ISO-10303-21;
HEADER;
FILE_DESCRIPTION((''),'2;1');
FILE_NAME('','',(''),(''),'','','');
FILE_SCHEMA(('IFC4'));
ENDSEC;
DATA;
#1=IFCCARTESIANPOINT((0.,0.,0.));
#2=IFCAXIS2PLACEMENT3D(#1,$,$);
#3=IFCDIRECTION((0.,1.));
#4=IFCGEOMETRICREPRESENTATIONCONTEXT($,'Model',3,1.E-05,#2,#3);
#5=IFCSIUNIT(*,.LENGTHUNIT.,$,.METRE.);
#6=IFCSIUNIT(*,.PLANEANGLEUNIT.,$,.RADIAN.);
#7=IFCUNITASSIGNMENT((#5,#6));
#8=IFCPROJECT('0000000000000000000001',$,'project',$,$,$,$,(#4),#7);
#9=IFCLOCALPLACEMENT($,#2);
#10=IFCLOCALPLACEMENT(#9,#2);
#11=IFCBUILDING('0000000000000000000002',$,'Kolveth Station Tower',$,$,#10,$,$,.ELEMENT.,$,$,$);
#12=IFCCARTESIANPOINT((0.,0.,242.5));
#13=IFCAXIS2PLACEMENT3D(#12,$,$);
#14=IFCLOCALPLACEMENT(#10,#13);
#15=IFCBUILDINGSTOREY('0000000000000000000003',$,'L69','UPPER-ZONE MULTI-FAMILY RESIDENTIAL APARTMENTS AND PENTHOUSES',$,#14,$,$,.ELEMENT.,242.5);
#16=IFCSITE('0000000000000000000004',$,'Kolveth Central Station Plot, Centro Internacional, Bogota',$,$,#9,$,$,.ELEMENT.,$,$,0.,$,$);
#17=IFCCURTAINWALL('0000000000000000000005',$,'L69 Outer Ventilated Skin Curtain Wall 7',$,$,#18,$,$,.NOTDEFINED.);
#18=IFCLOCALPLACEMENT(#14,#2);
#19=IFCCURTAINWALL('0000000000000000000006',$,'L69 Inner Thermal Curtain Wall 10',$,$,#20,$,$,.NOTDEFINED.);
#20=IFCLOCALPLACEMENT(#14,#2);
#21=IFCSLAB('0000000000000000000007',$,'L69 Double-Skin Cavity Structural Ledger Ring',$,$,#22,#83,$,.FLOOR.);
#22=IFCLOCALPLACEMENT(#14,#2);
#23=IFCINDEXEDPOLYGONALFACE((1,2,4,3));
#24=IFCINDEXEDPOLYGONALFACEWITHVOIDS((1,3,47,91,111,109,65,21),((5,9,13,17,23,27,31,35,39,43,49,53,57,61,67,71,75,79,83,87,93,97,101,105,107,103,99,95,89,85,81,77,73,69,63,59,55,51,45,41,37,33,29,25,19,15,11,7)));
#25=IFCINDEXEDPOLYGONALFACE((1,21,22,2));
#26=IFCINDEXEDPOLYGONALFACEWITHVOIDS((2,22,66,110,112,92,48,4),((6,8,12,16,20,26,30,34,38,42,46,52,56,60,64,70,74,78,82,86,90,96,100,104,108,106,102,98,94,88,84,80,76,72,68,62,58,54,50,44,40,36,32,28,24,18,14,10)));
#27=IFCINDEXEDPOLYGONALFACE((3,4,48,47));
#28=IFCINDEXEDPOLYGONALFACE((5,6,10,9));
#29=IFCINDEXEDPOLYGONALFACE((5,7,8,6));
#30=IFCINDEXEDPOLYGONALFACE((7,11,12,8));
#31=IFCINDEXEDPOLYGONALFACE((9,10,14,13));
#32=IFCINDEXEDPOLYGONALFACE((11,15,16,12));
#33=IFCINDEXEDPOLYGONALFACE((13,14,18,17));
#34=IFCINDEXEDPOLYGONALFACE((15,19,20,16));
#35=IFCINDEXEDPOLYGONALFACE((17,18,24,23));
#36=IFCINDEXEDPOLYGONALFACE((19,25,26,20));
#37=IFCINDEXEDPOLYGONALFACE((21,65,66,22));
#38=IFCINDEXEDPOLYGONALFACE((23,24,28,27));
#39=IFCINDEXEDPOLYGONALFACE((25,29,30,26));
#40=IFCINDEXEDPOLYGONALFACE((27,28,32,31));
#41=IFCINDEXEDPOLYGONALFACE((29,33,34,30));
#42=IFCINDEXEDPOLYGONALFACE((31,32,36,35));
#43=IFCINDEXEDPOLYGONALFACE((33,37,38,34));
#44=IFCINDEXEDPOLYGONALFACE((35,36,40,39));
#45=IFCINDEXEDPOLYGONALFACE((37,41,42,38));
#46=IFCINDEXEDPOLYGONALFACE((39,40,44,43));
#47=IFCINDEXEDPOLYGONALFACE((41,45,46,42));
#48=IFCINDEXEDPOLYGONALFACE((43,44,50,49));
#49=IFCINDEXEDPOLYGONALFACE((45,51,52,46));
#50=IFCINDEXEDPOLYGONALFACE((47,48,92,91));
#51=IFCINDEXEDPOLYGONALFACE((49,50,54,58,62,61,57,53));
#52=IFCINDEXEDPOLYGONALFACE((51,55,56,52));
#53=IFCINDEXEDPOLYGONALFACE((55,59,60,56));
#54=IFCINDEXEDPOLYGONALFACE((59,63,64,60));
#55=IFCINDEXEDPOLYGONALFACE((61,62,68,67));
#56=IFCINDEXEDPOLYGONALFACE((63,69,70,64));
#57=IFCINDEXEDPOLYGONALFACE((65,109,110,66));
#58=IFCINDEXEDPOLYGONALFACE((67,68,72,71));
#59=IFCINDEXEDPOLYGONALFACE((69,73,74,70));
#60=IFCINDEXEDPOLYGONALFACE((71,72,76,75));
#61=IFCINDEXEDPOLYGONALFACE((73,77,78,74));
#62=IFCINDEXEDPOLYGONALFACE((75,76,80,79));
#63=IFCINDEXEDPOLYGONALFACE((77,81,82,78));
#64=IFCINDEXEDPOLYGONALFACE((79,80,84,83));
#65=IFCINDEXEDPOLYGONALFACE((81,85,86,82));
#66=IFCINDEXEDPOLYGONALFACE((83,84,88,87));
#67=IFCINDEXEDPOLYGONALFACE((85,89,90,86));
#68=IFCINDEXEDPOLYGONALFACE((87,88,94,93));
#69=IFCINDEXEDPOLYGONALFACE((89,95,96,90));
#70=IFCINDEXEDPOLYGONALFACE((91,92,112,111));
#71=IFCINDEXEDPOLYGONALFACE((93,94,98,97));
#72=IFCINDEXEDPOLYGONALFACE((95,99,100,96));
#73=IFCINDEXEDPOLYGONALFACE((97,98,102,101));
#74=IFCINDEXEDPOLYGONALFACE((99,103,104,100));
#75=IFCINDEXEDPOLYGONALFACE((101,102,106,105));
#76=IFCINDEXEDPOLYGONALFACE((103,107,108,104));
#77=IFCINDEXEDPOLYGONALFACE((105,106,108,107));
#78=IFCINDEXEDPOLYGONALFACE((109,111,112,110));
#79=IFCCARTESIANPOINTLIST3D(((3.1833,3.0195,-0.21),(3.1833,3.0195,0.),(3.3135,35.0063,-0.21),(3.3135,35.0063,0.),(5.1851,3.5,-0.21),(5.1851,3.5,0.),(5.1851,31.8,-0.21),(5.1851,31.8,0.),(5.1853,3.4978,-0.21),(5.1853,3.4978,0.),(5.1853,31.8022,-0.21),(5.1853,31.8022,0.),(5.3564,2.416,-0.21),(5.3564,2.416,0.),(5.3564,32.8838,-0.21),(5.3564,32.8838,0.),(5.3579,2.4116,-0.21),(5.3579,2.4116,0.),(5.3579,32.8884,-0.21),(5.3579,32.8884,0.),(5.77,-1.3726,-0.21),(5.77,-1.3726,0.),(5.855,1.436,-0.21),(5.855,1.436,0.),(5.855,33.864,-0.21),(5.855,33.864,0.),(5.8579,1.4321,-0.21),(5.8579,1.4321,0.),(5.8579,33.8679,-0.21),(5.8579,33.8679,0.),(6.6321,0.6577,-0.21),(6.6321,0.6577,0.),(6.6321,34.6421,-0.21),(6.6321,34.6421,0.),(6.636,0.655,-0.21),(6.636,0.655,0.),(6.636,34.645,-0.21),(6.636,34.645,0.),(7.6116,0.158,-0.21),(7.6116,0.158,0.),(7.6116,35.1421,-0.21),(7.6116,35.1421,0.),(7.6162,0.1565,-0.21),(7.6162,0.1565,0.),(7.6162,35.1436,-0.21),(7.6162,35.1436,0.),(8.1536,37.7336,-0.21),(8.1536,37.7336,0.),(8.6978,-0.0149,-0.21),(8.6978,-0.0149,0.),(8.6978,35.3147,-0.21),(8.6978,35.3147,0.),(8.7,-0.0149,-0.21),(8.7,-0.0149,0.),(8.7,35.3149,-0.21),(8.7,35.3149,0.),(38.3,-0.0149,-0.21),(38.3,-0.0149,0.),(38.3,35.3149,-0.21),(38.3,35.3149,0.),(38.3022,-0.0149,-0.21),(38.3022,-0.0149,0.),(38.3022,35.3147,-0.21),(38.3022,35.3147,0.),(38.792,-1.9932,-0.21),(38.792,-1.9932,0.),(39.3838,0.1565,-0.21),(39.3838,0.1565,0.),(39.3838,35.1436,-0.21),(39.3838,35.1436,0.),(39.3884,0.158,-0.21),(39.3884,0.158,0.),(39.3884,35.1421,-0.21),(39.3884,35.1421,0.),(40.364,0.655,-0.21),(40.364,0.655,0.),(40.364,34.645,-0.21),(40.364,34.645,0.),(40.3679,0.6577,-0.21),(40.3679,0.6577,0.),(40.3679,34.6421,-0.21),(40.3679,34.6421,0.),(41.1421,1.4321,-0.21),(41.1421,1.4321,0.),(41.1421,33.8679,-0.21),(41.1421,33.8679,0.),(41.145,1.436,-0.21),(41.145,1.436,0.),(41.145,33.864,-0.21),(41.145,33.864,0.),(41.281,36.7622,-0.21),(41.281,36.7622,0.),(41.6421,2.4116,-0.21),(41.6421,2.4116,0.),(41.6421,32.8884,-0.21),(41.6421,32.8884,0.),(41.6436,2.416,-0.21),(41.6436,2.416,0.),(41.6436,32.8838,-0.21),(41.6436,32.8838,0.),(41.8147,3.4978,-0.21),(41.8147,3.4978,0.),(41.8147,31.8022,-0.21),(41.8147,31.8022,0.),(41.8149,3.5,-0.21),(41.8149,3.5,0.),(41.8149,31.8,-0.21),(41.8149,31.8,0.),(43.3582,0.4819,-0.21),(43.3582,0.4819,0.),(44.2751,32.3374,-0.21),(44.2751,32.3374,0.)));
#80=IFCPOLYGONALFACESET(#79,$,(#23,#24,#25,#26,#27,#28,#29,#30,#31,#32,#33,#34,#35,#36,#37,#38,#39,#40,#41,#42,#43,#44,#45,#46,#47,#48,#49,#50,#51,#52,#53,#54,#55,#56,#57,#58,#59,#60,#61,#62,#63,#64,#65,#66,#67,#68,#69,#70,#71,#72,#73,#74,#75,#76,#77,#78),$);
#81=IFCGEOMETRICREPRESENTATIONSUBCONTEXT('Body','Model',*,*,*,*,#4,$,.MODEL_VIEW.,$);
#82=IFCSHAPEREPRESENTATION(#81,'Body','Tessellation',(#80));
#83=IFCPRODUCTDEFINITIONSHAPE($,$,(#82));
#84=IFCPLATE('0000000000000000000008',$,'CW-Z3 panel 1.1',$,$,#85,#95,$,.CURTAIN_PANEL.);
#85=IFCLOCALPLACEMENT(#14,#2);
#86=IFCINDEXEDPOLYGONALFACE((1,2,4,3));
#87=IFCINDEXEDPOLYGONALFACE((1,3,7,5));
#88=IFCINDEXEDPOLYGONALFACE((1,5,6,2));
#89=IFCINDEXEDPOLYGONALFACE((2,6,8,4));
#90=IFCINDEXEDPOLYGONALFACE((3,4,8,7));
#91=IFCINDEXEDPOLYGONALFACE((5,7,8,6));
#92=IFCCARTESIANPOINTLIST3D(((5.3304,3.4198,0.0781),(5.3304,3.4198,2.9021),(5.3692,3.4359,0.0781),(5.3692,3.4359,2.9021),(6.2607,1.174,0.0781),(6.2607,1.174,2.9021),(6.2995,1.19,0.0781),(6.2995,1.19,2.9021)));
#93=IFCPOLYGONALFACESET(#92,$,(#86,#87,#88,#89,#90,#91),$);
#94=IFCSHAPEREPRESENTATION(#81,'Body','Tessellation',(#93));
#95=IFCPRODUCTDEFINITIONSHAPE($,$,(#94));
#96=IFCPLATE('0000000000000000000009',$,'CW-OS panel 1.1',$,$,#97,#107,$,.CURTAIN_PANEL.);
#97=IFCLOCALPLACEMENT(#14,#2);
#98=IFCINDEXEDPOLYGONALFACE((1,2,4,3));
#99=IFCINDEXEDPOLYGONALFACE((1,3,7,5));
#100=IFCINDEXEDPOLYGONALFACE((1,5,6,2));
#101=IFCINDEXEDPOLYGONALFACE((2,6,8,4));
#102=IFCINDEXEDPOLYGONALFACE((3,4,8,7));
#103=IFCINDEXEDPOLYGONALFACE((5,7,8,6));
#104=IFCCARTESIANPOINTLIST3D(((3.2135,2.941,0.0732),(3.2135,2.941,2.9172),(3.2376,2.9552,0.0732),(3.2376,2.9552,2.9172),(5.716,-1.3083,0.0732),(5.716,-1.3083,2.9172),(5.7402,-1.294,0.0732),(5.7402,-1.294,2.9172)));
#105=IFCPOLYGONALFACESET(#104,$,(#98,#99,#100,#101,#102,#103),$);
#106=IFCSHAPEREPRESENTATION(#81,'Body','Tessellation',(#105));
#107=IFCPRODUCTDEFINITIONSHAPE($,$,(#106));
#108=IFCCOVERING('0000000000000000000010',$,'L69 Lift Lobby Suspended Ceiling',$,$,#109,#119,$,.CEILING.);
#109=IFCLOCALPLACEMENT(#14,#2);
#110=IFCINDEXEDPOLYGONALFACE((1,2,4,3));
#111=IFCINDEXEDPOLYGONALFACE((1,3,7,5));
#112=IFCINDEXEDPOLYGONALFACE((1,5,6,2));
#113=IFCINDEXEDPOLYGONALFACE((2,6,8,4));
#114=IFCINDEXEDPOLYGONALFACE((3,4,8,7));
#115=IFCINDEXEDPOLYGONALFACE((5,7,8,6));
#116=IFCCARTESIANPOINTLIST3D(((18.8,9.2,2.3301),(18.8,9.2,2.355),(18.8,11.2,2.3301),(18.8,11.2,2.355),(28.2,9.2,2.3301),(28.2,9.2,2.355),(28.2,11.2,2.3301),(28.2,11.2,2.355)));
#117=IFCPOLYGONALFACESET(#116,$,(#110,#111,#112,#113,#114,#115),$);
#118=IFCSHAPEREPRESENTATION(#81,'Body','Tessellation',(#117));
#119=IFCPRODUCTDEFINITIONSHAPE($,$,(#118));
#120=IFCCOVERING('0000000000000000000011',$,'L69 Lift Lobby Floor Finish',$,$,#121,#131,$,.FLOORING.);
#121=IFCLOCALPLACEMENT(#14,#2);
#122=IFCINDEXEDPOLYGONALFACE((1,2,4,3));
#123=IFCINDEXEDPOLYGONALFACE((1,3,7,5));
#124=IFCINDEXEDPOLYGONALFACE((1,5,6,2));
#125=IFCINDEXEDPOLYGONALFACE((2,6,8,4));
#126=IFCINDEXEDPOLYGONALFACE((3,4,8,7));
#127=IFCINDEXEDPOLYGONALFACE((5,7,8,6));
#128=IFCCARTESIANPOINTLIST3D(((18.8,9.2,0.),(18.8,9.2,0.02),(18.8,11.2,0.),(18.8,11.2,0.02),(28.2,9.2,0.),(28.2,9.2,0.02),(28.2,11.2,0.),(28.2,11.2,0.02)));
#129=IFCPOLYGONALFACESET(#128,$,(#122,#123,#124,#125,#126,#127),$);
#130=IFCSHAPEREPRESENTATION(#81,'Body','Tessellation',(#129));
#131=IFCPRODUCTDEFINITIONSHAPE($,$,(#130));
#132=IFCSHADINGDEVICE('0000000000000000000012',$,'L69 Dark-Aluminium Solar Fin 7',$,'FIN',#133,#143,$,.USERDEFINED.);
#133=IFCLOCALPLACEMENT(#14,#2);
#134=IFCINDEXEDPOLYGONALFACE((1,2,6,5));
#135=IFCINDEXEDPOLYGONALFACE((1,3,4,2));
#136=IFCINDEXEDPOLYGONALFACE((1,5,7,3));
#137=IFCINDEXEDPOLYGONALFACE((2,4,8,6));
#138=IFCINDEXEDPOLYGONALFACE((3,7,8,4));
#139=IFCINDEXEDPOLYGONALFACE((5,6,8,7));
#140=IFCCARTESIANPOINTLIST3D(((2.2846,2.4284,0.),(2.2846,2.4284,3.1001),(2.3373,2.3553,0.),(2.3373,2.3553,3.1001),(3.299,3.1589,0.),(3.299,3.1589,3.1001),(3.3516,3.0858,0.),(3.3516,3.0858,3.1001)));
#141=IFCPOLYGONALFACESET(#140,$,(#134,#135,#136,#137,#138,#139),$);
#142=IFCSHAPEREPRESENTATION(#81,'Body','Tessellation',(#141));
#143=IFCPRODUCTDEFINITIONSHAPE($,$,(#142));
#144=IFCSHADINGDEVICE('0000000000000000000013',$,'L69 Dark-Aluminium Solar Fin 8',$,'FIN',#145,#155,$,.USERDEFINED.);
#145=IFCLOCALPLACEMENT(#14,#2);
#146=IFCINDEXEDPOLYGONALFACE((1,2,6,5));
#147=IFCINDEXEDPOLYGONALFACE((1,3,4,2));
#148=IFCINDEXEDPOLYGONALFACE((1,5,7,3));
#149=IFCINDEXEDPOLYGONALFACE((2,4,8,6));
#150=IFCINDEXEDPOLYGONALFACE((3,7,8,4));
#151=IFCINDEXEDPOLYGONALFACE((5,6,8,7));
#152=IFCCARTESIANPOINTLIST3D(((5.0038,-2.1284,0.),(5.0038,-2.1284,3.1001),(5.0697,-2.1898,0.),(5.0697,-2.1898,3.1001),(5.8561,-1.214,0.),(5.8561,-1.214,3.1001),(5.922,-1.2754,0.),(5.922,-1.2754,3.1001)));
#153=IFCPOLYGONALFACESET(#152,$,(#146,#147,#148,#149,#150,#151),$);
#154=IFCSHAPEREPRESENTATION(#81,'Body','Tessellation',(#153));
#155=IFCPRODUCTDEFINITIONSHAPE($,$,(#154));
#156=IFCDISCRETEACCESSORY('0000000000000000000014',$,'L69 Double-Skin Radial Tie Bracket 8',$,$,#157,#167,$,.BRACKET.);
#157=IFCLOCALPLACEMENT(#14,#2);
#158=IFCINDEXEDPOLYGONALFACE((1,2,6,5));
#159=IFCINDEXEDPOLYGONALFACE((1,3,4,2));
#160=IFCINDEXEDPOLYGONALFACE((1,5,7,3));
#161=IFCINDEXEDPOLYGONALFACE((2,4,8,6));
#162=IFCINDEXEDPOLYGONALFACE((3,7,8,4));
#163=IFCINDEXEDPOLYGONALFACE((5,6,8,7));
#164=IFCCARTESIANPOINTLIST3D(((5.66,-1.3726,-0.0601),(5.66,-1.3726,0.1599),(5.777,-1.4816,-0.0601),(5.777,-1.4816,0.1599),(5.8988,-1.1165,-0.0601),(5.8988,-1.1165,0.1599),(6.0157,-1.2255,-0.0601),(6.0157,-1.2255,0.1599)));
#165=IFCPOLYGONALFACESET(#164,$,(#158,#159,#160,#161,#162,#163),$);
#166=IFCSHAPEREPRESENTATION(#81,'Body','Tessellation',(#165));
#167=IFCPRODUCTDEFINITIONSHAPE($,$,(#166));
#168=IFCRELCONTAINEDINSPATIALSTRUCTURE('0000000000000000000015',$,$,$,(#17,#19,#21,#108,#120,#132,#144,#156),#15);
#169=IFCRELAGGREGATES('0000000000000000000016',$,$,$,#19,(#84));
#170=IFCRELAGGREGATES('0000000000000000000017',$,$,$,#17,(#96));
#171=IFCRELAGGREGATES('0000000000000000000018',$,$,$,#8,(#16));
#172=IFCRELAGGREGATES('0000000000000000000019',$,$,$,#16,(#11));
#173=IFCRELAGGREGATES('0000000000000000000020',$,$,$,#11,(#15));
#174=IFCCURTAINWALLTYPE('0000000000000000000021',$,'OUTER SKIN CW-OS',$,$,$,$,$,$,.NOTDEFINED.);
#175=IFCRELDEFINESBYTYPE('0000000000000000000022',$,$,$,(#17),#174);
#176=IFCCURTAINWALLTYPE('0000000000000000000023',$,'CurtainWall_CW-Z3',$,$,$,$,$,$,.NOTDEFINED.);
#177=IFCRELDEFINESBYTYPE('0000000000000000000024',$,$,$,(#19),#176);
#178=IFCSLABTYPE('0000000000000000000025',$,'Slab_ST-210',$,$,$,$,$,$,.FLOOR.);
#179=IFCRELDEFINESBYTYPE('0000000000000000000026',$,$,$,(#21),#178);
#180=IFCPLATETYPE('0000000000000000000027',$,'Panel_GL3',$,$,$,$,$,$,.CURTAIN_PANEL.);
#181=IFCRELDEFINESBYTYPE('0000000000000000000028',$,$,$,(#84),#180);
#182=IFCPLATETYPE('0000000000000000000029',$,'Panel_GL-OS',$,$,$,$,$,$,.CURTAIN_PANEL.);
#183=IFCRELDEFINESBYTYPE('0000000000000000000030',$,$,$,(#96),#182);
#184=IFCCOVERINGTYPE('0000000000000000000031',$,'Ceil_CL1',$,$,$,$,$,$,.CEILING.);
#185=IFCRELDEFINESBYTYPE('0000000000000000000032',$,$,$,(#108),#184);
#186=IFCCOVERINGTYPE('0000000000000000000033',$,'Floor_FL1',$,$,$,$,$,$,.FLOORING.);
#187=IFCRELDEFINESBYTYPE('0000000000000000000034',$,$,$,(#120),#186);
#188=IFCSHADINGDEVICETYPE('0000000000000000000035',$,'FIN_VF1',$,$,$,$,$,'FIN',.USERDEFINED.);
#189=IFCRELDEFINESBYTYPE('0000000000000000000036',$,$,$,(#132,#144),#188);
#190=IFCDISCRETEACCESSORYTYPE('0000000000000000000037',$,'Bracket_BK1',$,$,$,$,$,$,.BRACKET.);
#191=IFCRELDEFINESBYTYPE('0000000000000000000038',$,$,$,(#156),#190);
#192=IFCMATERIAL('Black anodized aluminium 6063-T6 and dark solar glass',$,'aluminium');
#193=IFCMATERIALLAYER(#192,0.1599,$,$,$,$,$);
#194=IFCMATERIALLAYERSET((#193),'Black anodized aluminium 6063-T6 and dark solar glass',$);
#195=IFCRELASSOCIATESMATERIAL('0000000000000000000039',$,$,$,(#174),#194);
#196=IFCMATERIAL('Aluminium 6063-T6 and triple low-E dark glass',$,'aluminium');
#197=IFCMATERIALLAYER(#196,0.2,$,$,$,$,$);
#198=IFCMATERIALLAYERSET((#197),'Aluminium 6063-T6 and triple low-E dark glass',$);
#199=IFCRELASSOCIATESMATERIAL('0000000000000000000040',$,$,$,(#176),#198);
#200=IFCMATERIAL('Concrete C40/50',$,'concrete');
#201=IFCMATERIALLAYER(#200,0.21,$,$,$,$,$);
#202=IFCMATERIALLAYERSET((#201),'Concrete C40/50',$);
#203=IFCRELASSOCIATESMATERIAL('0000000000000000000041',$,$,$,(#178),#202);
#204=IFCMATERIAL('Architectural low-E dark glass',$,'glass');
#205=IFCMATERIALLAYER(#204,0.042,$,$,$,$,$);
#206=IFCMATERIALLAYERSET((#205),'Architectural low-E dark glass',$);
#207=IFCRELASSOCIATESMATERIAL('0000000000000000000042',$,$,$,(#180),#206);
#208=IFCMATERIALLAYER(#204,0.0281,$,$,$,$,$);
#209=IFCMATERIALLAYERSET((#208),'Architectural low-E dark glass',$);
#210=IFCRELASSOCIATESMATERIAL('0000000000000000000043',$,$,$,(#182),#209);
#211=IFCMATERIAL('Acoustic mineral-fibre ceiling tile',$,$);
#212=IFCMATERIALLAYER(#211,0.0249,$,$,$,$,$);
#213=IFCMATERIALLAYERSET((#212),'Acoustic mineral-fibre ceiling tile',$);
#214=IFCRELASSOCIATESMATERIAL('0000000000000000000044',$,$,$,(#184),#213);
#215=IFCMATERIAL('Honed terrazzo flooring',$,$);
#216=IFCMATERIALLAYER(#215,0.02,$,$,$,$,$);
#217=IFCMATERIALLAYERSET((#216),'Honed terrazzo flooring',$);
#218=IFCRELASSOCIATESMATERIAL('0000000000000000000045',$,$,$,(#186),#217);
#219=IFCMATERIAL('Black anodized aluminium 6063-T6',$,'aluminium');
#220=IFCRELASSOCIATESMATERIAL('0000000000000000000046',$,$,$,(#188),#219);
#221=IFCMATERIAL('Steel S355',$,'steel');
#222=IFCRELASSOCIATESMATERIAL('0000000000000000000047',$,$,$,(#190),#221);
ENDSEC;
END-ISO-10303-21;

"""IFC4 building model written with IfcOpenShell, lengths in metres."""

from ifc_helpers import new_model, si_unit, direction, frame, origin, origin_2d, place, context, subcontext, project, spatial, polyline, rectangle, outline, extrude, source, transform, mapped, material, layer, layer_set, type_object, element, aggregate, save


model = new_model("IFC4")

# Units and contexts
model_context = context("Model", 3, precision=1e-05, world=origin(), true_north=direction((0.0, 1.0)))
body_context = subcontext(model_context, "Body", "Model", "MODEL_VIEW")
ifc_project = project(units=[si_unit("LENGTHUNIT", "METRE"), si_unit("PLANEANGLEUNIT", "RADIAN")], contexts=[model_context])

# Site, building, storey
site_placement = place(None, origin())
site = spatial("IfcSite", under=ifc_project, at=site_placement, Name="Kolveth Central Station Plot, Centro Internacional, Bogota", CompositionType="ELEMENT", RefElevation=0.0)
building_placement = place(site_placement, origin())
building = spatial("IfcBuilding", under=site, at=building_placement, Name="Kolveth Station Tower", CompositionType="ELEMENT")
storey_placement = place(building_placement, frame((0.0, 0.0, 242.5)))
storey = spatial("IfcBuildingStorey", under=building, at=storey_placement, Name="L69", Description="UPPER-ZONE MULTI-FAMILY RESIDENTIAL APARTMENTS AND PENTHOUSES", CompositionType="ELEMENT", Elevation=242.5)

# Curtain walls
ifc_material_1 = material(Name="Black anodized aluminium 6063-T6 and dark solar glass", Category="aluminium")
ifc_layer_1 = layer(ifc_material_1, 0.1599)
ifc_layer_set_1 = layer_set([ifc_layer_1], Name="Black anodized aluminium 6063-T6 and dark solar glass")
curtain_wall_type_1 = type_object("IfcCurtainWallType", Name="OUTER SKIN CW-OS", PredefinedType="NOTDEFINED", material=ifc_layer_set_1)
curtain_wall_1_placement = place(storey_placement, origin())
curtain_wall_1 = element("IfcCurtainWall", 1, at=curtain_wall_1_placement, inside=storey, type_object=curtain_wall_type_1, Name="L69 Outer Ventilated Skin Curtain Wall 7", PredefinedType="NOTDEFINED")
ifc_material_2 = material(Name="Black anodized aluminium 6063-T6", Category="aluminium")
ifc_material_3 = material(Name="Aluminium 6063-T6 and triple low-E dark glass", Category="aluminium")
ifc_layer_2 = layer(ifc_material_3, 0.2)
ifc_layer_set_2 = layer_set([ifc_layer_2], Name="Aluminium 6063-T6 and triple low-E dark glass")
curtain_wall_type_2 = type_object("IfcCurtainWallType", Name="CurtainWall_CW-Z3", PredefinedType="NOTDEFINED", material=ifc_layer_set_2)
curtain_wall_2_placement = place(storey_placement, origin())
curtain_wall_2 = element("IfcCurtainWall", 2, at=curtain_wall_2_placement, inside=storey, type_object=curtain_wall_type_2, Name="L69 Inner Thermal Curtain Wall 10", PredefinedType="NOTDEFINED")

# Shared definitions
ifc_material_4 = material(Name="Concrete C40/50", Category="concrete")

# Slab
ifc_layer_3 = layer(ifc_material_4, 0.21)
ifc_layer_set_3 = layer_set([ifc_layer_3], Name="Concrete C40/50")
slab_type_1 = type_object("IfcSlabType", Name="Slab_ST-210", PredefinedType="FLOOR", material=ifc_layer_set_3)
slab_1_placement = place(storey_placement, frame((0.0, 0.0, -0.21)))
element("IfcSlab", 3, at=slab_1_placement, inside=storey, type_object=slab_type_1, Name="L69 Double-Skin Cavity Structural Ledger Ring", PredefinedType="FLOOR", context=body_context, shape_type="SweptSolid", body=[
    extrude(outline(polyline([(5.77, -1.3726), (3.1833, 3.0195), (3.3135, 35.0063), (8.1536, 37.7336), (41.281, 36.7622), (44.2751, 32.3374), (43.3582, 0.4819), (38.792, -1.9932), (5.77, -1.3726)]), holes=[polyline([(38.3022, -0.0149), (39.3838, 0.1565), (39.3884, 0.158), (40.364, 0.655), (40.3679, 0.6577), (41.1421, 1.4321), (41.145, 1.436), (41.6421, 2.4116), (41.6436, 2.416), (41.8147, 3.4978), (41.8149, 3.5), (41.8149, 31.8), (41.8147, 31.8022), (41.6436, 32.8838), (41.6421, 32.8884), (41.145, 33.864), (41.1421, 33.8679), (40.3679, 34.6421), (40.364, 34.645), (39.3884, 35.1421), (39.3838, 35.1436), (38.3022, 35.3147), (38.3, 35.3149), (8.7, 35.3149), (8.6978, 35.3147), (7.6162, 35.1436), (7.6116, 35.1421), (6.636, 34.645), (6.6321, 34.6421), (5.8579, 33.8679), (5.855, 33.864), (5.3579, 32.8884), (5.3564, 32.8838), (5.1853, 31.8022), (5.1851, 31.8), (5.1851, 3.5), (5.1853, 3.4978), (5.3564, 2.416), (5.3579, 2.4116), (5.855, 1.436), (5.8579, 1.4321), (6.6321, 0.6577), (6.636, 0.655), (7.6116, 0.158), (7.6162, 0.1565), (8.6978, -0.0149), (8.7, -0.0149), (38.3, -0.0149), (38.3022, -0.0149)])]), origin(), (0.0, 0.0, 1.0), 0.21),
])

# Plates
ifc_material_5 = material(Name="Architectural low-E dark glass", Category="glass")
ifc_layer_4 = layer(ifc_material_5, 0.042)
ifc_layer_set_4 = layer_set([ifc_layer_4], Name="Architectural low-E dark glass")
plate_type_1 = type_object("IfcPlateType", Name="Panel_GL3", PredefinedType="CURTAIN_PANEL", material=ifc_layer_set_4)
shared_shape_1 = source(origin(), body_context, "Body", "SweptSolid", [
    extrude(rectangle(XDim=2.4309, YDim=0.042, at=origin_2d()), origin(), (0.0, 0.0, 1.0), 2.824),
])
plate_1_placement = place(storey_placement, frame((5.8149, 2.3049, 0.0781), z_axis=(0.0, 0.0, 1.0), x_axis=(0.382693, -0.923875, 0.0)))
plate_1 = element("IfcPlate", 4, at=plate_1_placement, type_object=plate_type_1, Name="CW-Z3 panel 1.1", PredefinedType="CURTAIN_PANEL", context=body_context, shape_type="MappedRepresentation", body=[
    mapped(shared_shape_1, transform((0.0, 0.0, 0.0), x_axis=(1.0, 0.0, 0.0), y_axis=(0.0, 1.0, 0.0), z_axis=(0.0, 0.0, 1.0), scale=1.0)),
])
aggregate(curtain_wall_2, [plate_1])
ifc_layer_5 = layer(ifc_material_5, 0.0281)
ifc_layer_set_5 = layer_set([ifc_layer_5], Name="Architectural low-E dark glass")
plate_type_2 = type_object("IfcPlateType", Name="Panel_GL-OS", PredefinedType="CURTAIN_PANEL", material=ifc_layer_set_5)
shared_shape_2 = source(origin(), body_context, "Body", "SweptSolid", [
    extrude(rectangle(XDim=4.9314, YDim=0.0281, at=origin_2d()), origin(), (0.0, 0.0, 1.0), 2.844),
])
plate_2_placement = place(storey_placement, frame((4.4768, 0.8235, 0.0732), z_axis=(0.0, 0.0, 1.0), x_axis=(0.507465, -0.861672, 0.0)))
plate_2 = element("IfcPlate", 5, at=plate_2_placement, type_object=plate_type_2, Name="CW-OS panel 1.1", PredefinedType="CURTAIN_PANEL", context=body_context, shape_type="MappedRepresentation", body=[
    mapped(shared_shape_2, transform((0.0, 0.0, 0.0), x_axis=(1.0, 0.0, 0.0), y_axis=(0.0, 1.0, 0.0), z_axis=(0.0, 0.0, 1.0), scale=1.0)),
])
aggregate(curtain_wall_1, [plate_2])

# Coverings
ifc_material_6 = material(Name="Acoustic mineral-fibre ceiling tile")
ifc_layer_6 = layer(ifc_material_6, 0.0249)
ifc_layer_set_6 = layer_set([ifc_layer_6], Name="Acoustic mineral-fibre ceiling tile")
covering_type_1 = type_object("IfcCoveringType", Name="Ceil_CL1", PredefinedType="CEILING", material=ifc_layer_set_6)
covering_1_placement = place(storey_placement, frame((0.0, 0.0, 2.3301)))
element("IfcCovering", 6, at=covering_1_placement, inside=storey, type_object=covering_type_1, Name="L69 Lift Lobby Suspended Ceiling", PredefinedType="CEILING", context=body_context, shape_type="SweptSolid", body=[
    extrude(outline(polyline([(18.8, 9.2), (28.2, 9.2), (28.2, 11.2), (18.8, 11.2), (18.8, 9.2)])), origin(), (0.0, 0.0, 1.0), 0.0249),
])
ifc_material_7 = material(Name="Honed terrazzo flooring")
ifc_layer_7 = layer(ifc_material_7, 0.02)
ifc_layer_set_7 = layer_set([ifc_layer_7], Name="Honed terrazzo flooring")
covering_type_2 = type_object("IfcCoveringType", Name="Floor_FL1", PredefinedType="FLOORING", material=ifc_layer_set_7)
covering_2_placement = place(storey_placement, origin())
element("IfcCovering", 7, at=covering_2_placement, inside=storey, type_object=covering_type_2, Name="L69 Lift Lobby Floor Finish", PredefinedType="FLOORING", context=body_context, shape_type="SweptSolid", body=[
    extrude(outline(polyline([(18.8, 9.2), (28.2, 9.2), (28.2, 11.2), (18.8, 11.2), (18.8, 9.2)])), origin(), (0.0, 0.0, 1.0), 0.02),
])

# Shading devices
shading_device_type = type_object("IfcShadingDeviceType", Name="FIN_VF1", ElementType="FIN", PredefinedType="USERDEFINED", material=ifc_material_2)
shared_shape_3 = source(origin(), body_context, "Body", "SweptSolid", [
    extrude(rectangle(XDim=1.25, YDim=0.0901, at=origin_2d()), origin(), (0.0, 0.0, 1.0), 3.1001),
])
for number, where, z_axis, x_axis, name in (
    (8, (2.8181, 2.7571, 0.0), (0.0, 0.0, 1.0), (-0.811472, -0.584391, 0.0), "L69 Dark-Aluminium Solar Fin 7"),
    (9, (5.4629, -1.7019, 0.0), (0.0, 0.0, 1.0), (-0.681871, -0.731473, 0.0), "L69 Dark-Aluminium Solar Fin 8"),
):
    element("IfcShadingDevice", number, at=place(storey_placement, frame(where, z_axis=z_axis, x_axis=x_axis)), inside=storey, type_object=shading_device_type, Name=name, ObjectType="FIN", PredefinedType="USERDEFINED", context=body_context, shape_type="MappedRepresentation", body=[
        mapped(shared_shape_3, transform((0.0, 0.0, 0.0), x_axis=(1.0, 0.0, 0.0), y_axis=(0.0, 1.0, 0.0), z_axis=(0.0, 0.0, 1.0), scale=1.0)),
    ])

# Discrete accessory
ifc_material_8 = material(Name="Steel S355", Category="steel")
discrete_accessory_type = type_object("IfcDiscreteAccessoryType", Name="Bracket_BK1", PredefinedType="BRACKET", material=ifc_material_8)
shared_shape_4 = source(origin(), body_context, "Body", "SweptSolid", [
    extrude(rectangle(XDim=0.3501, YDim=0.1599, at=origin_2d()), origin(), (0.0, 0.0, 1.0), 0.22),
])
discrete_accessory_placement = place(storey_placement, frame((5.8379, -1.2991, -0.0601), z_axis=(0.0, 0.0, 1.0), x_axis=(-0.681871, -0.731473, 0.0)))
element("IfcDiscreteAccessory", 10, at=discrete_accessory_placement, inside=storey, type_object=discrete_accessory_type, Name="L69 Double-Skin Radial Tie Bracket 8", PredefinedType="BRACKET", context=body_context, shape_type="MappedRepresentation", body=[
    mapped(shared_shape_4, transform((0.0, 0.0, 0.0), x_axis=(1.0, 0.0, 0.0), y_axis=(0.0, 1.0, 0.0), z_axis=(0.0, 0.0, 1.0), scale=1.0)),
])

save(model, "model.ifc")
